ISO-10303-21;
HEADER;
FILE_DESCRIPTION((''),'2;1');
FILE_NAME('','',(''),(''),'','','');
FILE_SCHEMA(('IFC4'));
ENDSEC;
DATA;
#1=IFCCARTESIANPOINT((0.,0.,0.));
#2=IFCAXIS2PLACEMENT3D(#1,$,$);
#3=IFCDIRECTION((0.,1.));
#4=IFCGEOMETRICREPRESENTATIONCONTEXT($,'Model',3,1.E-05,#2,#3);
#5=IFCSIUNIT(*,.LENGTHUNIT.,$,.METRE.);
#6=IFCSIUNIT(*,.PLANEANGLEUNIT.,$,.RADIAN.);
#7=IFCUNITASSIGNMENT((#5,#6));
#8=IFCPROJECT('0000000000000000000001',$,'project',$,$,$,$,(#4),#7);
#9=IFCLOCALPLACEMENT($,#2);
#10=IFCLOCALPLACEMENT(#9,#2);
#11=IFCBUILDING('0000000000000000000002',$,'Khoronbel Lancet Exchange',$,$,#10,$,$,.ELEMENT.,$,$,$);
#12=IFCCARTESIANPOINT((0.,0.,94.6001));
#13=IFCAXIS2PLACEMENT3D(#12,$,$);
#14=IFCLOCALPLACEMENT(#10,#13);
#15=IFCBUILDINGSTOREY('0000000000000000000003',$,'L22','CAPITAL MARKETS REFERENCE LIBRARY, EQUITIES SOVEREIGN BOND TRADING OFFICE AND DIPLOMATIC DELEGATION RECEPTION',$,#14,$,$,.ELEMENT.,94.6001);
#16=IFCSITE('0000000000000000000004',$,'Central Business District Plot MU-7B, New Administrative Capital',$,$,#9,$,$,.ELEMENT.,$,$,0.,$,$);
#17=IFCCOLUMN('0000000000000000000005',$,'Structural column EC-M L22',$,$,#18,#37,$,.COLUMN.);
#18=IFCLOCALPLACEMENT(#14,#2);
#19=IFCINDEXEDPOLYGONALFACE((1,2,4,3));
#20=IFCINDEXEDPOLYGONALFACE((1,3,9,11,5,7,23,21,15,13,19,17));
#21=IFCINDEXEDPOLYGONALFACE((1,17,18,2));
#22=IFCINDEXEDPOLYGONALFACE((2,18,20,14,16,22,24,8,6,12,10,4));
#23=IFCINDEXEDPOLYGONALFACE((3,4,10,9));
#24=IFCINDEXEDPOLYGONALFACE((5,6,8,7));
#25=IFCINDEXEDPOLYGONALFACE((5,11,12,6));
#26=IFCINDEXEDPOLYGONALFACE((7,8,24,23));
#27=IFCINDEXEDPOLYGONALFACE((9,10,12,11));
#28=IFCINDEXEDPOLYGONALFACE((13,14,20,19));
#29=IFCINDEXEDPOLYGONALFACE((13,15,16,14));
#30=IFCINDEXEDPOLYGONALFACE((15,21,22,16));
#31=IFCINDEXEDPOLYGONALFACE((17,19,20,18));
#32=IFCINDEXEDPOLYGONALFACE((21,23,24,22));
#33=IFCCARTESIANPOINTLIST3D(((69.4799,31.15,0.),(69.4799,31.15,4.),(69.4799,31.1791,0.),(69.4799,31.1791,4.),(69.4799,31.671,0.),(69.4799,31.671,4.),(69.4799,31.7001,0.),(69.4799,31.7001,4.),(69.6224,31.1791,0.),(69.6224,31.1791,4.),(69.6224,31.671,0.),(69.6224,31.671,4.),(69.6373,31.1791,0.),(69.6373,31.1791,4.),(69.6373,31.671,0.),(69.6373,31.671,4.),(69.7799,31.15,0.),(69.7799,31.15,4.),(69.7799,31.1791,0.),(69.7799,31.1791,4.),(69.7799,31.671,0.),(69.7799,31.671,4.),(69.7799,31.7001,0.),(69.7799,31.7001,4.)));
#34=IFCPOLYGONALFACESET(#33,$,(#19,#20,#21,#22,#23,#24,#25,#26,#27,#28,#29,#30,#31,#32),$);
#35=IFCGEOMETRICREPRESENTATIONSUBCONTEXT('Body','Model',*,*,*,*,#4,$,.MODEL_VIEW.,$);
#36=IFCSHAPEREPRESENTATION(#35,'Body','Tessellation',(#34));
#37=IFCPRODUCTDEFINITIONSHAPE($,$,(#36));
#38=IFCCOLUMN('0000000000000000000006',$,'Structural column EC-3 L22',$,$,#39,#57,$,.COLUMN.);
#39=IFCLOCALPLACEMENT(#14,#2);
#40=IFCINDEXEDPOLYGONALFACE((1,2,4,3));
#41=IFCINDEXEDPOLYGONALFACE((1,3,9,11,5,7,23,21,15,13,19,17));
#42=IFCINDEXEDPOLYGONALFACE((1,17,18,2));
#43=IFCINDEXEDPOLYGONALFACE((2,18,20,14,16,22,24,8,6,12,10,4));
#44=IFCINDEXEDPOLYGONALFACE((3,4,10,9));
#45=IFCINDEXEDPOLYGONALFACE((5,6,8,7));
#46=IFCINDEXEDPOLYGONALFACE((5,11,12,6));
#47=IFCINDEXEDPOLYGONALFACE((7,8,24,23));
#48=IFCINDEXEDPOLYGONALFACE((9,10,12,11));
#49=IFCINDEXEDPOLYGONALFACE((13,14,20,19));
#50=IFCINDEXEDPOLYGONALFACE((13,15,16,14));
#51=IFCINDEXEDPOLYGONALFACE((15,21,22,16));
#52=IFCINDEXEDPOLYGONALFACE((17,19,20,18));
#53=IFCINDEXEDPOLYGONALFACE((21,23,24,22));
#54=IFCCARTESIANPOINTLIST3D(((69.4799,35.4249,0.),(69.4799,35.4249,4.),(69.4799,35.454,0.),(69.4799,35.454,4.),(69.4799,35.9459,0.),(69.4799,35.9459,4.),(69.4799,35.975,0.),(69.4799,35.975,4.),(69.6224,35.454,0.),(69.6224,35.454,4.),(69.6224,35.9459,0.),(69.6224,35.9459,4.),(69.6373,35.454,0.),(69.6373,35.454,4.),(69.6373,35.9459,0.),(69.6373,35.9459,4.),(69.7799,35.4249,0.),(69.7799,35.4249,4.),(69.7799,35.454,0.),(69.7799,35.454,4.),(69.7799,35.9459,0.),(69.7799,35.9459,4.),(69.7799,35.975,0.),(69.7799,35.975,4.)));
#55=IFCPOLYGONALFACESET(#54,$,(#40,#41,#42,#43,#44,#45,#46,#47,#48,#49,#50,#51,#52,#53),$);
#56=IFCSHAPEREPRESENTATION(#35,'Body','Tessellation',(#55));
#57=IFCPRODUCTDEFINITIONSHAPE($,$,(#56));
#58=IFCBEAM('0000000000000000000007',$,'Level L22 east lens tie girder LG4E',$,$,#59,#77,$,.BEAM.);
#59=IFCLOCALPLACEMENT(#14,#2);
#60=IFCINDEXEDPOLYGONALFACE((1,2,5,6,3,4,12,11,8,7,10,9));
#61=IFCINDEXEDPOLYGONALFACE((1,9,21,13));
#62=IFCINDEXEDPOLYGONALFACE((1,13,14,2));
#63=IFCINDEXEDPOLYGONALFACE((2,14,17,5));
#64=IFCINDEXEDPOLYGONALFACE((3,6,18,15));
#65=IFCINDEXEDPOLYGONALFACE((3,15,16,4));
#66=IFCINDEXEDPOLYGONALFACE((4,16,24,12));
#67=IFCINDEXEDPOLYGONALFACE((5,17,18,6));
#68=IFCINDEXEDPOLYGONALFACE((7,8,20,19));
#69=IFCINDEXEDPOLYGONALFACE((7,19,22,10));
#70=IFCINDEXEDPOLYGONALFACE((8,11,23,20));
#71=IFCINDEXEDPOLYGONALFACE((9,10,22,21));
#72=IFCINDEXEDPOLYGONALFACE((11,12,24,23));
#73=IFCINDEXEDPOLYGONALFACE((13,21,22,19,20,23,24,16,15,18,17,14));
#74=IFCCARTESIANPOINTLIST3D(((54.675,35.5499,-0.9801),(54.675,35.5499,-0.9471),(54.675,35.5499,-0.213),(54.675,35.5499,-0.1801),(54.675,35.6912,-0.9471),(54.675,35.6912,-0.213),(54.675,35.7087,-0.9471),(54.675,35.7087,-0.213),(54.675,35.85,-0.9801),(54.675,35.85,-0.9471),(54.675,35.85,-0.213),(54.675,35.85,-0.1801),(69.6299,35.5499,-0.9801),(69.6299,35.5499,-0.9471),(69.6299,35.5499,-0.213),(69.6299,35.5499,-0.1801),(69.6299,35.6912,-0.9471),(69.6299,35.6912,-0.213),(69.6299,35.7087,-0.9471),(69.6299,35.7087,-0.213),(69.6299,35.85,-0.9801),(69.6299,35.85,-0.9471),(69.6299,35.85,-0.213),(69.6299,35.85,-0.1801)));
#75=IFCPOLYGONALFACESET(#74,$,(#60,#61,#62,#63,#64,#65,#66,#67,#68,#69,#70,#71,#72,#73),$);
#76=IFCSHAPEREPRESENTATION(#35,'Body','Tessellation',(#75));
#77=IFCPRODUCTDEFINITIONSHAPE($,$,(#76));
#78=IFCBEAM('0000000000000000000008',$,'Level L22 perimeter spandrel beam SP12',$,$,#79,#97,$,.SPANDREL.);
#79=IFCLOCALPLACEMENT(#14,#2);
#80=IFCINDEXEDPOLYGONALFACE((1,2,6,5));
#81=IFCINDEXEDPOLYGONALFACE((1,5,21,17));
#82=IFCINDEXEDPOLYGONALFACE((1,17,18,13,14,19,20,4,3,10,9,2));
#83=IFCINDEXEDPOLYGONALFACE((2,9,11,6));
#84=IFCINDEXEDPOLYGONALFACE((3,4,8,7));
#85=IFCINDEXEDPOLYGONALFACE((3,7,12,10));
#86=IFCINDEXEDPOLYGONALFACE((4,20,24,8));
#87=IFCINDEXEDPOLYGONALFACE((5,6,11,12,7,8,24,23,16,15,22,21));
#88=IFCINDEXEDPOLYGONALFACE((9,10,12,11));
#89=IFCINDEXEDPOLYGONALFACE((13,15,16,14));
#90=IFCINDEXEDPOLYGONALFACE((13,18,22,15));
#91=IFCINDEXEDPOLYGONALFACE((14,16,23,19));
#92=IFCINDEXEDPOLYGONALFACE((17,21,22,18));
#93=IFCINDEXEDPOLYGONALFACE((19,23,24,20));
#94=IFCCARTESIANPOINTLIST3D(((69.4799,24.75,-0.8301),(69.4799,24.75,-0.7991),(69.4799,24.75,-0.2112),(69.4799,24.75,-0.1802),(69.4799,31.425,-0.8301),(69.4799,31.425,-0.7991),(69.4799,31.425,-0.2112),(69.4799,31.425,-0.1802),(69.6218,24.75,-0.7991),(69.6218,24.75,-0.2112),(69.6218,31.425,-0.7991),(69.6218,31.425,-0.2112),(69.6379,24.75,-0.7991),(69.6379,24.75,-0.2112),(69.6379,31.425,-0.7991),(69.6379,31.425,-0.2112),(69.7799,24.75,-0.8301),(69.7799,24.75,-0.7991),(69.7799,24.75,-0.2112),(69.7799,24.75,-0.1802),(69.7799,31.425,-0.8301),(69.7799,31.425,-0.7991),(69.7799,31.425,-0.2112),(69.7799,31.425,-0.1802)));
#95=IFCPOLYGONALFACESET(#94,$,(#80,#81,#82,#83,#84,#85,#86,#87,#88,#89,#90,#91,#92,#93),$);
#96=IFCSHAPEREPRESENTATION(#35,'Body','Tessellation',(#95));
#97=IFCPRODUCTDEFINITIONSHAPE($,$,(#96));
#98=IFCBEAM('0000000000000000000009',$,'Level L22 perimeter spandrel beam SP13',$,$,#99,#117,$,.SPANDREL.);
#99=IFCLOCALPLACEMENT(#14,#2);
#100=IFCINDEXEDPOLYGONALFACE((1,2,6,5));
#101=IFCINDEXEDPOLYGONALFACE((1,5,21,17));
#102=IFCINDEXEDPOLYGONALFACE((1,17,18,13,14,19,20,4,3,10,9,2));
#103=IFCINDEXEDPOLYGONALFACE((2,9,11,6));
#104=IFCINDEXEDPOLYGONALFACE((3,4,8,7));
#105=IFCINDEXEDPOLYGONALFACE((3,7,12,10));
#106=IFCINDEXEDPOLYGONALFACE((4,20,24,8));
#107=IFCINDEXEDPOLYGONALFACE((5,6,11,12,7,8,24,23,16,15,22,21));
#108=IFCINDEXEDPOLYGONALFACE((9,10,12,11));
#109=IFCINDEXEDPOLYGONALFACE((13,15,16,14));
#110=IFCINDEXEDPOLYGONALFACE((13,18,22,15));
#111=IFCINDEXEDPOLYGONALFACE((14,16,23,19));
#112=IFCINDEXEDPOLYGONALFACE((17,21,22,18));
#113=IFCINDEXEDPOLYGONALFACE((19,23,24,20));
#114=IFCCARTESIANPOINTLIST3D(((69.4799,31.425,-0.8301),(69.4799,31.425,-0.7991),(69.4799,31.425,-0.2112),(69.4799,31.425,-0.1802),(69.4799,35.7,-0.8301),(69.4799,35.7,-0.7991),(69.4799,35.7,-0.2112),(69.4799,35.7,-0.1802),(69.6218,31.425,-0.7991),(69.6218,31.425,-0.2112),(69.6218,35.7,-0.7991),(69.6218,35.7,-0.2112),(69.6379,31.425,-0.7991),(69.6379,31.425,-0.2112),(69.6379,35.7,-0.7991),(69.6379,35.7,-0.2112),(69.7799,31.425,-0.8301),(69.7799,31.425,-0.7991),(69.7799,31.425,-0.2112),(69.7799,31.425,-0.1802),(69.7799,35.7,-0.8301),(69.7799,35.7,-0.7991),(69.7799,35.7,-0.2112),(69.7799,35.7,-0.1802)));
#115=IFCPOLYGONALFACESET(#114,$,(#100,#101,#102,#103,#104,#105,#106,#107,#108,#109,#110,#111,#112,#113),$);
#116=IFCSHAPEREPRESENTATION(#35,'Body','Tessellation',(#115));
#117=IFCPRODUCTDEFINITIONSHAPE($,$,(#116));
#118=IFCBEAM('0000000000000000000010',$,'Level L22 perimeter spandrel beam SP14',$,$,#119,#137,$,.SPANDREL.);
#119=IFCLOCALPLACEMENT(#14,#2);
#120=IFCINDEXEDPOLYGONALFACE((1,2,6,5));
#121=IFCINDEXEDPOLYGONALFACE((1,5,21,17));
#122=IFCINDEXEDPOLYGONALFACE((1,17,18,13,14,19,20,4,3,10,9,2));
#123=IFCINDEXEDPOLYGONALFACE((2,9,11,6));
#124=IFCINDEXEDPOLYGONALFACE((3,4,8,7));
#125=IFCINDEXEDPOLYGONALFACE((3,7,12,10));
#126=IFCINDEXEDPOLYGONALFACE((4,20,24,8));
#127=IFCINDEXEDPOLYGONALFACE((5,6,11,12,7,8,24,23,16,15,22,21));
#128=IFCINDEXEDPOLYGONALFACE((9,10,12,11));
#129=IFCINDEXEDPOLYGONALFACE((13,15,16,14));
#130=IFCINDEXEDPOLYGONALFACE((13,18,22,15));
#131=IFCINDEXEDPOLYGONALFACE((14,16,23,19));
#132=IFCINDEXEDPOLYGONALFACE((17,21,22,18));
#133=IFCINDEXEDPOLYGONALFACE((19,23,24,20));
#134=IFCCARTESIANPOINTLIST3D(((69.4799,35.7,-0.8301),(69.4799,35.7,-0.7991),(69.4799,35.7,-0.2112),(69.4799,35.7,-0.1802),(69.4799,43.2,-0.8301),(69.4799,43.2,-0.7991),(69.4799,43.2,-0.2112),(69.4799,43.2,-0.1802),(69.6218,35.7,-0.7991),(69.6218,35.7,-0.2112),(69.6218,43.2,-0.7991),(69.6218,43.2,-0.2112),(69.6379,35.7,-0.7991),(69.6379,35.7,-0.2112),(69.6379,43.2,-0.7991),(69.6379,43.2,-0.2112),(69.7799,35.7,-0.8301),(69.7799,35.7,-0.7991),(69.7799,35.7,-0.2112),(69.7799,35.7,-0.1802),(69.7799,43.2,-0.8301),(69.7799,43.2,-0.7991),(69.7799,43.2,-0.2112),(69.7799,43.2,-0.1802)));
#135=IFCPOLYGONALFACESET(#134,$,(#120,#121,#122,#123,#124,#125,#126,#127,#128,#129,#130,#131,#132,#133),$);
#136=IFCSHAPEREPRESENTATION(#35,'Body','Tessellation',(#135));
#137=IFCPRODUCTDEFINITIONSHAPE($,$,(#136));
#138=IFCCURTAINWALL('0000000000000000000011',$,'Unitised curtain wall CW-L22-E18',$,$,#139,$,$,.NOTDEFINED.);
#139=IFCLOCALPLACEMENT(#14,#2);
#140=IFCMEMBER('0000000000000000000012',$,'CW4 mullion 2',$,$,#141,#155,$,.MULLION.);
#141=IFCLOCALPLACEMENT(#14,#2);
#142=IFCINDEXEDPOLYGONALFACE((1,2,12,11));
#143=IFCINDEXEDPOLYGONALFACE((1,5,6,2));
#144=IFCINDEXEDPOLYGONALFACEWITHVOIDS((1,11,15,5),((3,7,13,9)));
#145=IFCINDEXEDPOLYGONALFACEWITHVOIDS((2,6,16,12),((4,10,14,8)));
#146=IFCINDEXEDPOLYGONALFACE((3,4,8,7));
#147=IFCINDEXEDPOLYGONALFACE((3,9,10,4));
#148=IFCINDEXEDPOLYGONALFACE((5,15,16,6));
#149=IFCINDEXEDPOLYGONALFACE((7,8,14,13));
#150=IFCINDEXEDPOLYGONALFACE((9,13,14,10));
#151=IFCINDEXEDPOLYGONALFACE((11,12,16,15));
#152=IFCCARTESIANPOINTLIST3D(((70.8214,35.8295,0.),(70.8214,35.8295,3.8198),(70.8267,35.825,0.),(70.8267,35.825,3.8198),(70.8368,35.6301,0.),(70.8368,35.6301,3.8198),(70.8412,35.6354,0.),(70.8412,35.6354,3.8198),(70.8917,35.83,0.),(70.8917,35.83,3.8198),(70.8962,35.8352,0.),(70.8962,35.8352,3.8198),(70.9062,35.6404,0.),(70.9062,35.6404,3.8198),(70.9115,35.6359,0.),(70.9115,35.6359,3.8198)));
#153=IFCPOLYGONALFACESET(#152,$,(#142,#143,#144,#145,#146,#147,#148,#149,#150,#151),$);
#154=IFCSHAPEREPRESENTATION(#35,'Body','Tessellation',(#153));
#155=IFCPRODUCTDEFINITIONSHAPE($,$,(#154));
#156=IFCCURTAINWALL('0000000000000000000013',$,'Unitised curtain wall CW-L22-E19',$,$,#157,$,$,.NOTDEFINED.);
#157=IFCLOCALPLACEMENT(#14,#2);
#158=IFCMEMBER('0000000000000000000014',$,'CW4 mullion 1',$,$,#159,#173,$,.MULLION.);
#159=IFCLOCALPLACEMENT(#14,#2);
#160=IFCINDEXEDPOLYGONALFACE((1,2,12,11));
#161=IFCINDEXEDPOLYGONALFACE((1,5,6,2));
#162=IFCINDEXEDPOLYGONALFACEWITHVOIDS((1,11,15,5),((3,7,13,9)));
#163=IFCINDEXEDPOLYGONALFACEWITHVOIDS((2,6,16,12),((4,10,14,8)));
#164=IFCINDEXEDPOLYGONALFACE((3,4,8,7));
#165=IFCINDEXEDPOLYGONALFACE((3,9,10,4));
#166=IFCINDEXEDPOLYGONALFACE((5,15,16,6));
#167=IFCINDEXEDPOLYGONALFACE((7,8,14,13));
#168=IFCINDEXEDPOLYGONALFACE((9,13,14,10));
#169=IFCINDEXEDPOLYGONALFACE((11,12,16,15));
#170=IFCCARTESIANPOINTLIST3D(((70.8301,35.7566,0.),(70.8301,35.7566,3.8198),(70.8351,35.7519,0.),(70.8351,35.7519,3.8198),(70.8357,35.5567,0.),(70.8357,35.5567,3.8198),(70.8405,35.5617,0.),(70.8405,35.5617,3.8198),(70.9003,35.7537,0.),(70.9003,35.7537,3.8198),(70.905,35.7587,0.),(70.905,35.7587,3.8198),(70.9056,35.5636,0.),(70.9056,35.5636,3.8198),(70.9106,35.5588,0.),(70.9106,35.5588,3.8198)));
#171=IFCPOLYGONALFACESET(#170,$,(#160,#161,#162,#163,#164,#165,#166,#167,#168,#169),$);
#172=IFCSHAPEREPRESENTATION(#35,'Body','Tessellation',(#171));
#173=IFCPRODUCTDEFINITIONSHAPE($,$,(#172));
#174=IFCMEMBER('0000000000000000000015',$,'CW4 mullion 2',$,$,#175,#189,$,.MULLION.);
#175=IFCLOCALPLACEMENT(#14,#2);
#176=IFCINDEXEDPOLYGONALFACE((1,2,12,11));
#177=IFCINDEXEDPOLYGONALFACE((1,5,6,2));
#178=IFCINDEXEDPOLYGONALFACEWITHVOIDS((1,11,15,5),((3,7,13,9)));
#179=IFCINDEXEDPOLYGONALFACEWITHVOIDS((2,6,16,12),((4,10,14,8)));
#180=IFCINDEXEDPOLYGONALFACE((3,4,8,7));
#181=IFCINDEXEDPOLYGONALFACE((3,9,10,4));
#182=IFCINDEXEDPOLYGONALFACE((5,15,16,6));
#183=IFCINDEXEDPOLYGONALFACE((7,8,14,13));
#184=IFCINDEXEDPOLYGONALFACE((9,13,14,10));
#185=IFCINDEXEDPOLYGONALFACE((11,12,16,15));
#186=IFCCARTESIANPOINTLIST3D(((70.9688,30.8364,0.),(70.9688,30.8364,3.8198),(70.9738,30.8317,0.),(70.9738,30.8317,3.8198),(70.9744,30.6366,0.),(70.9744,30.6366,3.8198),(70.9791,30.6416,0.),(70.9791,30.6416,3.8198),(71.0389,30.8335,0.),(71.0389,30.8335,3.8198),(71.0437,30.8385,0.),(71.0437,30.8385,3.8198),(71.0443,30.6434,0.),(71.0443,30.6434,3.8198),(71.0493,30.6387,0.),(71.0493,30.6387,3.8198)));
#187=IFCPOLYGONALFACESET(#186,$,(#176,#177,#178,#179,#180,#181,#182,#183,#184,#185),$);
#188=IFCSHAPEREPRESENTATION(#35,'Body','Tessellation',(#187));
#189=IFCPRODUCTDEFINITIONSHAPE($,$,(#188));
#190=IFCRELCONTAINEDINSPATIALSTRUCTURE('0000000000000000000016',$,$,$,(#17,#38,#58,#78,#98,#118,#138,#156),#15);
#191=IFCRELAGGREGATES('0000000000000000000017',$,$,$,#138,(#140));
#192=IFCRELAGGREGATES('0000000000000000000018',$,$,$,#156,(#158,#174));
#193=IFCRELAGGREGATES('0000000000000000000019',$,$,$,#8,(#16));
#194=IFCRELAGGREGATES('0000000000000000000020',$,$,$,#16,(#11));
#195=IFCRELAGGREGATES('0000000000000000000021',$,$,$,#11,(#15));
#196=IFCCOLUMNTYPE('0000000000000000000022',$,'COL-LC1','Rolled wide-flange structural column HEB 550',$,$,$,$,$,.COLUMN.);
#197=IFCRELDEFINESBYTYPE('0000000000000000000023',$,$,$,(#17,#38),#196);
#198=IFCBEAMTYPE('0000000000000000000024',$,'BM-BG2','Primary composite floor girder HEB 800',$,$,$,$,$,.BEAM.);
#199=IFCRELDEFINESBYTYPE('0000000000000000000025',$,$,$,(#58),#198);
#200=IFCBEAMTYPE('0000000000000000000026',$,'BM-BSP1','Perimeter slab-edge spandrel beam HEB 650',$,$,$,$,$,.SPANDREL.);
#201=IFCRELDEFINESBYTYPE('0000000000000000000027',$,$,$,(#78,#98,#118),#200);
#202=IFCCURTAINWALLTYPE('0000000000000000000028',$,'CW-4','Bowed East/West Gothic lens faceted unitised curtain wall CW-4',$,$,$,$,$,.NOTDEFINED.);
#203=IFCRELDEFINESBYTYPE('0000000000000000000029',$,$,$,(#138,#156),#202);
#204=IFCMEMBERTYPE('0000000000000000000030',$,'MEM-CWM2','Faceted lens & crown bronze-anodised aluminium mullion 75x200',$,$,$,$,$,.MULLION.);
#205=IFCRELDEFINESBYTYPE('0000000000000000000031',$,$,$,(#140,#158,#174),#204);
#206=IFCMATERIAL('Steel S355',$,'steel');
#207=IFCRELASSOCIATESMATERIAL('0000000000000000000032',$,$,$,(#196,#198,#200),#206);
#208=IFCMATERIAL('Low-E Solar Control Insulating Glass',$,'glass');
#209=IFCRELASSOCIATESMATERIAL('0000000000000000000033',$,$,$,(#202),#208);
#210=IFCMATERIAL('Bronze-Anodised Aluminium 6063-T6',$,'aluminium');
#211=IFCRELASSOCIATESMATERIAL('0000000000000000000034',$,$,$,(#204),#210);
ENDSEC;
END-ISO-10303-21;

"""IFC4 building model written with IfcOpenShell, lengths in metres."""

from ifc_helpers import new_model, si_unit, direction, frame, origin, origin_2d, place, context, subcontext, project, spatial, hollow_rectangle, i_section, extrude, material, material_profile, profile_set, type_object, element, aggregate, save


model = new_model("IFC4")

# Units and contexts
model_context = context("Model", 3, precision=1e-05, world=origin(), true_north=direction((0.0, 1.0)))
body_context = subcontext(model_context, "Body", "Model", "MODEL_VIEW")
ifc_project = project(units=[si_unit("LENGTHUNIT", "METRE"), si_unit("PLANEANGLEUNIT", "RADIAN")], contexts=[model_context])

# Site, building, storey
site_placement = place(None, origin())
site = spatial("IfcSite", under=ifc_project, at=site_placement, Name="Central Business District Plot MU-7B, New Administrative Capital", CompositionType="ELEMENT", RefElevation=0.0)
building_placement = place(site_placement, origin())
building = spatial("IfcBuilding", under=site, at=building_placement, Name="Khoronbel Lancet Exchange", CompositionType="ELEMENT")
storey_placement = place(building_placement, frame((0.0, 0.0, 94.6001)))
storey = spatial("IfcBuildingStorey", under=building, at=storey_placement, Name="L22", Description="CAPITAL MARKETS REFERENCE LIBRARY, EQUITIES SOVEREIGN BOND TRADING OFFICE AND DIPLOMATIC DELEGATION RECEPTION", CompositionType="ELEMENT", Elevation=94.6001)

# Columns
ifc_material_1 = material(Name="Steel S355", Category="steel")
ifc_material_profile_1 = material_profile(ifc_material_1, i_section(OverallWidth=0.3, OverallDepth=0.55, WebThickness=0.0149, FlangeThickness=0.0291, at=origin_2d()), Name="HEB 550")
ifc_profile_set_1 = profile_set([ifc_material_profile_1], Name="Steel S355")
column_type = type_object("IfcColumnType", Name="COL-LC1", Description="Rolled wide-flange structural column HEB 550", PredefinedType="COLUMN", material=ifc_profile_set_1)
for number, where, z_axis, x_axis, name in (
    (1, (69.6299, 31.425, 0.0), (0.0, 0.0, 1.0), (1.0, 0.0, 0.0), "Structural column EC-M L22"),
    (2, (69.6299, 35.7, 0.0), (0.0, 0.0, 1.0), (1.0, 0.0, 0.0), "Structural column EC-3 L22"),
):
    element("IfcColumn", number, at=place(storey_placement, frame(where, z_axis=z_axis, x_axis=x_axis)), inside=storey, type_object=column_type, Name=name, PredefinedType="COLUMN", context=body_context, shape_type="SweptSolid", body=[
        extrude(i_section(OverallWidth=0.3, OverallDepth=0.55, WebThickness=0.0149, FlangeThickness=0.0291, at=origin_2d()), origin(), (0.0, 0.0, 1.0), 4.0),
    ])

# Beams
ifc_material_profile_2 = material_profile(ifc_material_1, i_section(OverallWidth=0.3, OverallDepth=0.8, WebThickness=0.0176, FlangeThickness=0.033, at=origin_2d()), Name="HEB 800")
ifc_profile_set_2 = profile_set([ifc_material_profile_2], Name="Steel S355")
beam_type_1 = type_object("IfcBeamType", Name="BM-BG2", Description="Primary composite floor girder HEB 800", PredefinedType="BEAM", material=ifc_profile_set_2)
beam_1_placement = place(storey_placement, frame((54.675, 35.7, -0.5801), z_axis=(1.0, 0.0, 0.0), x_axis=(0.0, 1.0, 0.0)))
element("IfcBeam", 3, at=beam_1_placement, inside=storey, type_object=beam_type_1, Name="Level L22 east lens tie girder LG4E", PredefinedType="BEAM", context=body_context, shape_type="SweptSolid", body=[
    extrude(i_section(OverallWidth=0.3, OverallDepth=0.8, WebThickness=0.0176, FlangeThickness=0.033, at=origin_2d()), origin(), (0.0, 0.0, 1.0), 14.9548),
])
ifc_material_profile_3 = material_profile(ifc_material_1, i_section(OverallWidth=0.3, OverallDepth=0.6499, WebThickness=0.0161, FlangeThickness=0.031, at=origin_2d()), Name="HEB 650")
ifc_profile_set_3 = profile_set([ifc_material_profile_3], Name="Steel S355")
beam_type_2 = type_object("IfcBeamType", Name="BM-BSP1", Description="Perimeter slab-edge spandrel beam HEB 650", PredefinedType="SPANDREL", material=ifc_profile_set_3)
beam_2_placement = place(storey_placement, frame((69.6299, 24.75, -0.5051), z_axis=(0.0, 1.0, 0.0), x_axis=(-1.0, 0.0, 0.0)))
element("IfcBeam", 4, at=beam_2_placement, inside=storey, type_object=beam_type_2, Name="Level L22 perimeter spandrel beam SP12", PredefinedType="SPANDREL", context=body_context, shape_type="SweptSolid", body=[
    extrude(i_section(OverallWidth=0.3, OverallDepth=0.6499, WebThickness=0.0161, FlangeThickness=0.031, at=origin_2d()), origin(), (0.0, 0.0, 1.0), 6.675),
])
beam_3_placement = place(storey_placement, frame((69.6299, 31.425, -0.5051), z_axis=(0.0, 1.0, 0.0), x_axis=(-1.0, 0.0, 0.0)))
element("IfcBeam", 5, at=beam_3_placement, inside=storey, type_object=beam_type_2, Name="Level L22 perimeter spandrel beam SP13", PredefinedType="SPANDREL", context=body_context, shape_type="SweptSolid", body=[
    extrude(i_section(OverallWidth=0.3, OverallDepth=0.6499, WebThickness=0.0161, FlangeThickness=0.031, at=origin_2d()), origin(), (0.0, 0.0, 1.0), 4.2749),
])
beam_4_placement = place(storey_placement, frame((69.6299, 35.7, -0.5051), z_axis=(0.0, 1.0, 0.0), x_axis=(-1.0, 0.0, 0.0)))
element("IfcBeam", 6, at=beam_4_placement, inside=storey, type_object=beam_type_2, Name="Level L22 perimeter spandrel beam SP14", PredefinedType="SPANDREL", context=body_context, shape_type="SweptSolid", body=[
    extrude(i_section(OverallWidth=0.3, OverallDepth=0.6499, WebThickness=0.0161, FlangeThickness=0.031, at=origin_2d()), origin(), (0.0, 0.0, 1.0), 7.5),
])

# Curtain wall, member
ifc_material_2 = material(Name="Low-E Solar Control Insulating Glass", Category="glass")
curtain_wall_type = type_object("IfcCurtainWallType", Name="CW-4", Description="Bowed East/West Gothic lens faceted unitised curtain wall CW-4", PredefinedType="NOTDEFINED", material=ifc_material_2)
curtain_wall_1_placement = place(storey_placement, origin())
curtain_wall_1 = element("IfcCurtainWall", 7, at=curtain_wall_1_placement, inside=storey, type_object=curtain_wall_type, Name="Unitised curtain wall CW-L22-E18", PredefinedType="NOTDEFINED")
ifc_material_3 = material(Name="Bronze-Anodised Aluminium 6063-T6", Category="aluminium")
ifc_material_profile_4 = material_profile(ifc_material_3, hollow_rectangle(XDim=0.075, YDim=0.2, WallThickness=0.0049, at=origin_2d()), Name="ALU MULLION 75x200")
ifc_profile_set_4 = profile_set([ifc_material_profile_4], Name="Bronze-Anodised Aluminium 6063-T6")
member_type_1 = type_object("IfcMemberType", Name="MEM-CWM2", Description="Faceted lens & crown bronze-anodised aluminium mullion 75x200", PredefinedType="MULLION", material=ifc_profile_set_4)
member_1_placement = place(storey_placement, frame((70.8665, 35.7327, 0.0), z_axis=(0.0, 0.0, 1.0), x_axis=(0.99706, 0.076626, 0.0)))
member_1 = element("IfcMember", 8, at=member_1_placement, type_object=member_type_1, Name="CW4 mullion 2", PredefinedType="MULLION", context=body_context, shape_type="SweptSolid", body=[
    extrude(hollow_rectangle(XDim=0.075, YDim=0.2, WallThickness=0.0049, at=origin_2d()), origin(), (0.0, 0.0, 1.0), 3.8198),
])
aggregate(curtain_wall_1, [member_1])

# Curtain wall, members
curtain_wall_2_placement = place(storey_placement, origin())
curtain_wall_2 = element("IfcCurtainWall", 9, at=curtain_wall_2_placement, inside=storey, type_object=curtain_wall_type, Name="Unitised curtain wall CW-L22-E19", PredefinedType="NOTDEFINED")
member_2_placement = place(storey_placement, frame((70.8704, 35.6577, 0.0), z_axis=(0.0, 0.0, 1.0), x_axis=(0.999604, 0.028135, 0.0)))
member_2 = element("IfcMember", 10, at=member_2_placement, type_object=member_type_1, Name="CW4 mullion 1", PredefinedType="MULLION", context=body_context, shape_type="SweptSolid", body=[
    extrude(hollow_rectangle(XDim=0.075, YDim=0.2, WallThickness=0.0049, at=origin_2d()), origin(), (0.0, 0.0, 1.0), 3.8198),
])
member_3_placement = place(storey_placement, frame((71.009, 30.7375, 0.0), z_axis=(0.0, 0.0, 1.0), x_axis=(0.999604, 0.028135, 0.0)))
member_3 = element("IfcMember", 11, at=member_3_placement, type_object=member_type_1, Name="CW4 mullion 2", PredefinedType="MULLION", context=body_context, shape_type="SweptSolid", body=[
    extrude(hollow_rectangle(XDim=0.075, YDim=0.2, WallThickness=0.0049, at=origin_2d()), origin(), (0.0, 0.0, 1.0), 3.8198),
])

aggregate(curtain_wall_2, [member_2, member_3])

save(model, "model.ifc")
